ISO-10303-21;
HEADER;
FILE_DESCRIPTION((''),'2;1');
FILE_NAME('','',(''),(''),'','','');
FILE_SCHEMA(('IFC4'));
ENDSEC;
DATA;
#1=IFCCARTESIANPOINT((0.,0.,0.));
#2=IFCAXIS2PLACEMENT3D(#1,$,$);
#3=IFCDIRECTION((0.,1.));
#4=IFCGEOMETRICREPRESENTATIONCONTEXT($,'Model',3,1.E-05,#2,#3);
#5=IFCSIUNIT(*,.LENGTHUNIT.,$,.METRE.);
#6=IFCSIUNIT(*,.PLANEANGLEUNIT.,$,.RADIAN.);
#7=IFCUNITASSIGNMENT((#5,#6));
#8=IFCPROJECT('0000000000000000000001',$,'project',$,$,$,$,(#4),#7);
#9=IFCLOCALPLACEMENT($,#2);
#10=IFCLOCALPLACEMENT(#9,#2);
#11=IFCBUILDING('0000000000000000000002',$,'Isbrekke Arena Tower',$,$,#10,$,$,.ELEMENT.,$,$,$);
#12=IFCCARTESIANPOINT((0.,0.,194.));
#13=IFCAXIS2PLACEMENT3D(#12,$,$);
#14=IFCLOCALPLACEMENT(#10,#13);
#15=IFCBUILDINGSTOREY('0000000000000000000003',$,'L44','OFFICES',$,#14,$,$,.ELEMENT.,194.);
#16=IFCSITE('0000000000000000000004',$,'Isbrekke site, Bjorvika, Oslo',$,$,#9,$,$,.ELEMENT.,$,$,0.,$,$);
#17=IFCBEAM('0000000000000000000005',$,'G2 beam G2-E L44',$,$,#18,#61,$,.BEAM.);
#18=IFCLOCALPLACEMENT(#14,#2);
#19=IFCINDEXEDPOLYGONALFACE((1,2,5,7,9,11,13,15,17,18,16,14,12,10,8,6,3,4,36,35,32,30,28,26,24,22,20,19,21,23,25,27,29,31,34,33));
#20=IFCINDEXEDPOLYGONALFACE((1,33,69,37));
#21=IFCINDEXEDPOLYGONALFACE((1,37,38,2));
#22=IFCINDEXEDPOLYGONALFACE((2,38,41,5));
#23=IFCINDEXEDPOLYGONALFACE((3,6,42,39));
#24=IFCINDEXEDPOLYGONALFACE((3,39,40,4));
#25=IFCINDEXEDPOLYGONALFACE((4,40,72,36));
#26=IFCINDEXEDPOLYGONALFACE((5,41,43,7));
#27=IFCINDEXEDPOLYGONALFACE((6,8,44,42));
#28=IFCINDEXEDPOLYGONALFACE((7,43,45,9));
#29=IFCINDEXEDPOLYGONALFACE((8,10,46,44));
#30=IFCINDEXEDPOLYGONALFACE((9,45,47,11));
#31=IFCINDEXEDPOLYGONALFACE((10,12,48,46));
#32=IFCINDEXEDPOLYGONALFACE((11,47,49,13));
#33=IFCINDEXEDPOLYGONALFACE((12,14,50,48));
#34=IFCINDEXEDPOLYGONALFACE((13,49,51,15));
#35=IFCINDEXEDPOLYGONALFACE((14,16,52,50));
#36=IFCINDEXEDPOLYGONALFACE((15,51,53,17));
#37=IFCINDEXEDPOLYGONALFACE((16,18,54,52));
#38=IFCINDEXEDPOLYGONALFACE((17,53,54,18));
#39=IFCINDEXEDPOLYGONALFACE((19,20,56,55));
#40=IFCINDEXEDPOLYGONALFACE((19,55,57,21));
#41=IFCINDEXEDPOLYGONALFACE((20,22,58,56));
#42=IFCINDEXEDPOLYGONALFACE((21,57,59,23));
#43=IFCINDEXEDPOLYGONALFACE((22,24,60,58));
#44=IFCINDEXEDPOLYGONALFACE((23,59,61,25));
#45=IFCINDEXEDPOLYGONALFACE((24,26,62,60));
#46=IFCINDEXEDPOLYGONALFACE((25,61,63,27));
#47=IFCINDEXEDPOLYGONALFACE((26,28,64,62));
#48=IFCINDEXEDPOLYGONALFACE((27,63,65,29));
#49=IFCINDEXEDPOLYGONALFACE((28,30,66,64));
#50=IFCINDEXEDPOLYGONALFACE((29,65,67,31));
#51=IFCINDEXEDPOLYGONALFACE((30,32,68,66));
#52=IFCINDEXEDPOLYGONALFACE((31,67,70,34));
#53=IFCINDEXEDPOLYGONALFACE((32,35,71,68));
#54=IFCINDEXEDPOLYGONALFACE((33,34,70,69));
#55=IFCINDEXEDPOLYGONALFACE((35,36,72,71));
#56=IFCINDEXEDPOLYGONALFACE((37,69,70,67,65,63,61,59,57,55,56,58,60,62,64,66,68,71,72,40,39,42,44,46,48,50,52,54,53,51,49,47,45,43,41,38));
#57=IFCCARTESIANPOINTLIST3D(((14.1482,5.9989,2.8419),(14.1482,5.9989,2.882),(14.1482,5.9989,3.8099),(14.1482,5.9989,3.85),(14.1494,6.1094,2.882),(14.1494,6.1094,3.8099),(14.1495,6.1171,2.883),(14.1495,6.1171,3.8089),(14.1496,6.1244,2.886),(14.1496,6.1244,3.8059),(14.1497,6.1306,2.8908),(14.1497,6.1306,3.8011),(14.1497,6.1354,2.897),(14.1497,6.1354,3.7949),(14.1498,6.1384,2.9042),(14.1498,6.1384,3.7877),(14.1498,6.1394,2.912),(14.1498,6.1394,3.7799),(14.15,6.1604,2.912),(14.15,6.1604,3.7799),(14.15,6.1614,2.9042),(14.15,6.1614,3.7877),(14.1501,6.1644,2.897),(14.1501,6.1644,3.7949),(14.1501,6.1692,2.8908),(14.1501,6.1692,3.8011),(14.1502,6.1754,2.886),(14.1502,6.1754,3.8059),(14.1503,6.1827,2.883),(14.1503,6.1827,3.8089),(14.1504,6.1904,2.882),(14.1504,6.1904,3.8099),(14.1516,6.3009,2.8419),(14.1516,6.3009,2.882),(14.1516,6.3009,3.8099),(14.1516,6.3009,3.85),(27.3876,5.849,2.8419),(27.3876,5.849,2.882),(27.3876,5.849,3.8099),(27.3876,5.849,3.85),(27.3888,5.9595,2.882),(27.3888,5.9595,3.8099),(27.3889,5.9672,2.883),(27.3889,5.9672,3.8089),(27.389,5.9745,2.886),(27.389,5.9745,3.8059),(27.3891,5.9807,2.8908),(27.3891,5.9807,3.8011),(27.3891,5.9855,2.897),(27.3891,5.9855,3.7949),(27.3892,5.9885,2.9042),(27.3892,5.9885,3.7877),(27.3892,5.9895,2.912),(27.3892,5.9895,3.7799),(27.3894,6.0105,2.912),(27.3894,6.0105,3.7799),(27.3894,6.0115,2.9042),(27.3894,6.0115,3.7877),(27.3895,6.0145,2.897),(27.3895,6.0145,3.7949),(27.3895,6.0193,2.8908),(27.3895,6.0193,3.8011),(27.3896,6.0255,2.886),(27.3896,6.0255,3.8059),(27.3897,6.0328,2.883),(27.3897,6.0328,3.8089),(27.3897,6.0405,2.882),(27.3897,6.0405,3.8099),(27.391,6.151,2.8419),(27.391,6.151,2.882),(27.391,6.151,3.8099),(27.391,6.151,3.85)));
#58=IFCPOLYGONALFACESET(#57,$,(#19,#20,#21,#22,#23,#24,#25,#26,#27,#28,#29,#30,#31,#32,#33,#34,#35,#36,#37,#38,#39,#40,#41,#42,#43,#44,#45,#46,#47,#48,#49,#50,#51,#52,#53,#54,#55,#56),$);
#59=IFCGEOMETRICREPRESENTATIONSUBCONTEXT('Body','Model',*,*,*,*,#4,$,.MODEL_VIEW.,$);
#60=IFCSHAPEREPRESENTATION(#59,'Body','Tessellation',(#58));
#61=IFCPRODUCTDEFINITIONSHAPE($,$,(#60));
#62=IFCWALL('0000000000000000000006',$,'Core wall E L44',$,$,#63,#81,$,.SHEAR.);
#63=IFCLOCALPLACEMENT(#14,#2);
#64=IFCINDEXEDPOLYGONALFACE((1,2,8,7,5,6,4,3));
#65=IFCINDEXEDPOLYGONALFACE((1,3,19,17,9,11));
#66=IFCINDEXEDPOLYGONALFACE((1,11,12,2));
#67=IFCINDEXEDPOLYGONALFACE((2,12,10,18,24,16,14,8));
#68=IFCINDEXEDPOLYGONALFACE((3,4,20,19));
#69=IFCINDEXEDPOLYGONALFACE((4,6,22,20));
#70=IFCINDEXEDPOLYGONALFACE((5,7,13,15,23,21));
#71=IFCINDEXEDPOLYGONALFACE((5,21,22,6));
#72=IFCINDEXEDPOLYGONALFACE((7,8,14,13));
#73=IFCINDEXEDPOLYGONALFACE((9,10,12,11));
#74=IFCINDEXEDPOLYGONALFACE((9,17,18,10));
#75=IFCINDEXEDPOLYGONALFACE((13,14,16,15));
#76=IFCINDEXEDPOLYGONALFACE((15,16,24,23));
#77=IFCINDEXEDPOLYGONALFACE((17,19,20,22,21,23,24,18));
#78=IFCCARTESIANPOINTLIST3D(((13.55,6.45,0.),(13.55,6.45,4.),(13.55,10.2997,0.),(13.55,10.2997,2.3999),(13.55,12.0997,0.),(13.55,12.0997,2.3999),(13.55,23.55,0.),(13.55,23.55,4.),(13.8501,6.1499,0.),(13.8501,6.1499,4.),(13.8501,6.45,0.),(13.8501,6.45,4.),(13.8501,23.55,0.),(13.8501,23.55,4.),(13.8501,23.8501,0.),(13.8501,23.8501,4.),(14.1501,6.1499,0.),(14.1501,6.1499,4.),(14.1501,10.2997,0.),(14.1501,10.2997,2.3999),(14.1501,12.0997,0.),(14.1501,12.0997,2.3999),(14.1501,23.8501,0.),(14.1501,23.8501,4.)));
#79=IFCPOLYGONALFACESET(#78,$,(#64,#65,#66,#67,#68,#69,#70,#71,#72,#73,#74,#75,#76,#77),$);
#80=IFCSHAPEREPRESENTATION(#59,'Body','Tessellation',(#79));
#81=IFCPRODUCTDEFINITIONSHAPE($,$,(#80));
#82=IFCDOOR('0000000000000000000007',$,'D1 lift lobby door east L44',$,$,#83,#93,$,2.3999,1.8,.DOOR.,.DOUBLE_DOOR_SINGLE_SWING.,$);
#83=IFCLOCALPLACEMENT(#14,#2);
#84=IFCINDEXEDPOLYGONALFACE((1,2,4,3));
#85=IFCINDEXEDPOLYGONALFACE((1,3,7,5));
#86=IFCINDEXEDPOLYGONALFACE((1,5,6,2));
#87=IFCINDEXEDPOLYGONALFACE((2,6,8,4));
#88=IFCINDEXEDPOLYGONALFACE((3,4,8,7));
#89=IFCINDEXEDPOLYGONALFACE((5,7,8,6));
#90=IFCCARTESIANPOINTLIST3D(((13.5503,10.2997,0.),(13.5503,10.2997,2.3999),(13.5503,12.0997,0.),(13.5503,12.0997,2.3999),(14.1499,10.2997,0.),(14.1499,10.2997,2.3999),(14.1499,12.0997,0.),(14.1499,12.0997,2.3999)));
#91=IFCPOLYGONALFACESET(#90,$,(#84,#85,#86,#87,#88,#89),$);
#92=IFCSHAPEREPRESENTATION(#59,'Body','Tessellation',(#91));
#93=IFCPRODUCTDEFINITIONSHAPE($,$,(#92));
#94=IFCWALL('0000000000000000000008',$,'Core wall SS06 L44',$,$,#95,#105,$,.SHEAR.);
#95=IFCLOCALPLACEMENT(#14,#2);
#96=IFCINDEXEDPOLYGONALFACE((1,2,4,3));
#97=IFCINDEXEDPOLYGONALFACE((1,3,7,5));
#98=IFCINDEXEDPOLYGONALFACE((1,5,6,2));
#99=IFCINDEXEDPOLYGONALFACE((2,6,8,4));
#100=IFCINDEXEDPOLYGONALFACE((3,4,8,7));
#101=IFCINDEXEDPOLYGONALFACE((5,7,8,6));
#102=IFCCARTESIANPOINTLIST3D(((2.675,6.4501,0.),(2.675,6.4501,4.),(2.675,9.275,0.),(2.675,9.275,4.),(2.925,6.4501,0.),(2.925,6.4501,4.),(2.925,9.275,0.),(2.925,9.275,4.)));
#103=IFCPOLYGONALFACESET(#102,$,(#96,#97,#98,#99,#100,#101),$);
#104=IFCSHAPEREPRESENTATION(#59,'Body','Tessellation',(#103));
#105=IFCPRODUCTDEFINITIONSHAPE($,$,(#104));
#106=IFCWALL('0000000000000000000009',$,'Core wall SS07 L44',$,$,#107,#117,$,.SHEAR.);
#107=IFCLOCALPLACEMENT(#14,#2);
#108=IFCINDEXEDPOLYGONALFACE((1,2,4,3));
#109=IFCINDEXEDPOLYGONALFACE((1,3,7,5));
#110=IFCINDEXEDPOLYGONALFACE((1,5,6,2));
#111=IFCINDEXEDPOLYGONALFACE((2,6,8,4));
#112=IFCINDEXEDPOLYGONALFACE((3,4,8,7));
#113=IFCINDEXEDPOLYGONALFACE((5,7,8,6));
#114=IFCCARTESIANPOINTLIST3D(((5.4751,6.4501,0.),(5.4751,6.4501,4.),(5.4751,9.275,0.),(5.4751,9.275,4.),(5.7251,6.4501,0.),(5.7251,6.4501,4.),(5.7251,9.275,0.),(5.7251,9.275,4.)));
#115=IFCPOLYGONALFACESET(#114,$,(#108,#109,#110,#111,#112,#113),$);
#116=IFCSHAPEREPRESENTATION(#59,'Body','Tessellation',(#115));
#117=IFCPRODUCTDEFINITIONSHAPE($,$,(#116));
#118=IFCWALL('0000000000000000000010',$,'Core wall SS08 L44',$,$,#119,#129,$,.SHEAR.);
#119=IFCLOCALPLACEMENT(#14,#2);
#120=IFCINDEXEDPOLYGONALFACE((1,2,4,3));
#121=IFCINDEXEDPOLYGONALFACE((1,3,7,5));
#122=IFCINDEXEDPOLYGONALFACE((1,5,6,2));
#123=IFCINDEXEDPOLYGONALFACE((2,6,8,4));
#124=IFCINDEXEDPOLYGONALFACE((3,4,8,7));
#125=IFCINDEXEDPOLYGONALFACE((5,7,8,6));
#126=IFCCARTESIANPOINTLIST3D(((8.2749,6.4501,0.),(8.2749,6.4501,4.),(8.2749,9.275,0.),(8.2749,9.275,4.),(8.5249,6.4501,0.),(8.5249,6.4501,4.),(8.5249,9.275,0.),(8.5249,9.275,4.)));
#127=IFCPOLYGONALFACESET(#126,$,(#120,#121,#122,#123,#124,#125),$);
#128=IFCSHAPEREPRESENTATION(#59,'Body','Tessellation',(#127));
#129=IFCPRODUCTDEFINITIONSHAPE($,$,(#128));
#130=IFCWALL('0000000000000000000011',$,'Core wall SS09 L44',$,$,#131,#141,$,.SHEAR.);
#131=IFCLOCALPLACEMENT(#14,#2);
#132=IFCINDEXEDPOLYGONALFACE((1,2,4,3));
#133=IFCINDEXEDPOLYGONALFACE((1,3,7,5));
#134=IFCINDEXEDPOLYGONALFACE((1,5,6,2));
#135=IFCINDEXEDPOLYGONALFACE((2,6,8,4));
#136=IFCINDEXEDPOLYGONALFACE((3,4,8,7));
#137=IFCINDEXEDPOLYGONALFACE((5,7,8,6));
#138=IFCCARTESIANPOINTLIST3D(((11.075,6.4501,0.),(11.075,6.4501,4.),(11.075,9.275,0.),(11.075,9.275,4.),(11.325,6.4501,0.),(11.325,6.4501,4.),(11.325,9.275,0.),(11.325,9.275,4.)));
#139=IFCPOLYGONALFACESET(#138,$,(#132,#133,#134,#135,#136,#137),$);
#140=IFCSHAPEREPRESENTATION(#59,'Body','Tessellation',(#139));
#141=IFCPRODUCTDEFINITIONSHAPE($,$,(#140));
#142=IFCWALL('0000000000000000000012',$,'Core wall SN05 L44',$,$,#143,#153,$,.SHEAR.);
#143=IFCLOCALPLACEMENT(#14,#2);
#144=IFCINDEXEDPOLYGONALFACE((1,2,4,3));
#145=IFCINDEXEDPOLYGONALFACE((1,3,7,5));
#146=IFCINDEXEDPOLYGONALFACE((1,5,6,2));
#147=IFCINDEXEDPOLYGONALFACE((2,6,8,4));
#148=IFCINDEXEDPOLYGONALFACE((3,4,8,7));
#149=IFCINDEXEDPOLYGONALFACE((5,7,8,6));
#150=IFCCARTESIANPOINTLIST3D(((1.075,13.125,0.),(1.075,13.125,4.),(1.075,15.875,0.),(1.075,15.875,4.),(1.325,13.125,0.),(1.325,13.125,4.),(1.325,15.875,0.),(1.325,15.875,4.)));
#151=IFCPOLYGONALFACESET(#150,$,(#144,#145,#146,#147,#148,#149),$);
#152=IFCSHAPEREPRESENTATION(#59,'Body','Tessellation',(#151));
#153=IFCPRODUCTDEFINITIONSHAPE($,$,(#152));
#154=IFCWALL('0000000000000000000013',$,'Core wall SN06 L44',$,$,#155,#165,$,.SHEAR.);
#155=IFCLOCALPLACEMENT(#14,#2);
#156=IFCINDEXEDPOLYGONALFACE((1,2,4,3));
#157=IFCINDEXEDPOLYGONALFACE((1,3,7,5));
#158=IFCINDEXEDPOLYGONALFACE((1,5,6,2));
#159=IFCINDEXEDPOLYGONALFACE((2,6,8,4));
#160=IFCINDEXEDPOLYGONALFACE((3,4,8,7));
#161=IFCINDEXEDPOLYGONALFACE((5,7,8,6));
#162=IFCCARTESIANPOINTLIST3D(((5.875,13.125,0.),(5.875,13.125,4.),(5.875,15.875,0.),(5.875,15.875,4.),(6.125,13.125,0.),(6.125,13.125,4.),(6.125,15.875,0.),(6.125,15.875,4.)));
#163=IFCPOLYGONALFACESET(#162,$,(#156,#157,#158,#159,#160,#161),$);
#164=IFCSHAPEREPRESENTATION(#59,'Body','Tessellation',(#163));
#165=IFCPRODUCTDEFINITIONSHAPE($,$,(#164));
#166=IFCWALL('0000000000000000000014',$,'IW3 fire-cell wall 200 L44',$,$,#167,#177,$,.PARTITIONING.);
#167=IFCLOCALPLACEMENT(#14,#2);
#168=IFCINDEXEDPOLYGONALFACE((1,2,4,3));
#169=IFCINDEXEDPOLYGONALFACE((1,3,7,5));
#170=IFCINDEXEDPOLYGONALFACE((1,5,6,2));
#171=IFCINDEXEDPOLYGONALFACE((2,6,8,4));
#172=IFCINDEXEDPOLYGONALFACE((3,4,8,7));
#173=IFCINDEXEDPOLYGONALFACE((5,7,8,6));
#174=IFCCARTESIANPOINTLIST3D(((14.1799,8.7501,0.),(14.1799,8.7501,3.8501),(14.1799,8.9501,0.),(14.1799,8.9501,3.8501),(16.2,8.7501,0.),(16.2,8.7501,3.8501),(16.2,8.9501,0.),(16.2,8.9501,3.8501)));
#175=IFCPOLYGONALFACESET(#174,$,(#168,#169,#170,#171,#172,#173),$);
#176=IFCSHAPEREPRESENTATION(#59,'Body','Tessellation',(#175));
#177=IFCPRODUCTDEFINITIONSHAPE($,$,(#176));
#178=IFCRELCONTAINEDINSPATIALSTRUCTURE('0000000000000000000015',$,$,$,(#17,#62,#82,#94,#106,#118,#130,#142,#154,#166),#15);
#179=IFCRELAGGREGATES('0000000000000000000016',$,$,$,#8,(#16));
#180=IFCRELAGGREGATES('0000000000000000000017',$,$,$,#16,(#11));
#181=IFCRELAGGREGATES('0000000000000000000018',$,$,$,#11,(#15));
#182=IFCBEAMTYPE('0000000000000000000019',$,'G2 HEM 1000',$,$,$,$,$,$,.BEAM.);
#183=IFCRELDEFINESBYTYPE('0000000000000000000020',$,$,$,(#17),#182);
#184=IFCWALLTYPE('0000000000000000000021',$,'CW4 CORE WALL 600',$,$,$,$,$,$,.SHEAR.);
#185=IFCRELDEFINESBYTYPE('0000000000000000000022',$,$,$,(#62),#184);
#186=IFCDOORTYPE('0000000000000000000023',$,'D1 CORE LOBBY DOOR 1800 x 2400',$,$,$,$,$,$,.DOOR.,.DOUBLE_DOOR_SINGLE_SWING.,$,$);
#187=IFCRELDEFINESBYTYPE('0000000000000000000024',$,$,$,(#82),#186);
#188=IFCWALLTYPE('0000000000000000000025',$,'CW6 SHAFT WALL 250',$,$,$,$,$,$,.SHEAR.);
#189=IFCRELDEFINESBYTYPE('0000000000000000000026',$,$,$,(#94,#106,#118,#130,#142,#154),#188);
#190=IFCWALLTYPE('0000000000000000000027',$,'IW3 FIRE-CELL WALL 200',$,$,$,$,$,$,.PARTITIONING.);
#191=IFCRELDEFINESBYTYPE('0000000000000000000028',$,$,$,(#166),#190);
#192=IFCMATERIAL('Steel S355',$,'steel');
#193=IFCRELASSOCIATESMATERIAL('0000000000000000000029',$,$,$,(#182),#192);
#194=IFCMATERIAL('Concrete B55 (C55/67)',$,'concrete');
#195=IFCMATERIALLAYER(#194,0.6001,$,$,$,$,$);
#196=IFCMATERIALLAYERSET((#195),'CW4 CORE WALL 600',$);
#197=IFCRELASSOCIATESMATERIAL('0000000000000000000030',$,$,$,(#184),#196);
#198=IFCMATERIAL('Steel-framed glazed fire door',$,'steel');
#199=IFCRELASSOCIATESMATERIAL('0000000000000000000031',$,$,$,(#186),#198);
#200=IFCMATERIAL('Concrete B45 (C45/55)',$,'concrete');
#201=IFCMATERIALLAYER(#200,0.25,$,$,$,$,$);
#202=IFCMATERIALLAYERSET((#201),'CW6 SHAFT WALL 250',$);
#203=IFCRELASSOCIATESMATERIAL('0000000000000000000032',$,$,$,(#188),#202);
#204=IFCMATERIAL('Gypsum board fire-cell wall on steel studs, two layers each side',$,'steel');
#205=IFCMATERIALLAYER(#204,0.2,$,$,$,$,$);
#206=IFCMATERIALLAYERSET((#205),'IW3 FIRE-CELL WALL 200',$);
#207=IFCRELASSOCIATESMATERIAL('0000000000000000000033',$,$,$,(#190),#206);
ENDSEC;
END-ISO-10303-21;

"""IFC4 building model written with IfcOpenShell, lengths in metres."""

from ifc_helpers import new_model, si_unit, direction, frame, frame_2d, origin, origin_2d, place, context, subcontext, project, spatial, polyline, rectangle, i_section, outline, extrude, material, layer, layer_set, material_profile, profile_set, type_object, element, fill, save


model = new_model("IFC4")

# Units and contexts
model_context = context("Model", 3, precision=1e-05, world=origin(), true_north=direction((0.0, 1.0)))
body_context = subcontext(model_context, "Body", "Model", "MODEL_VIEW")
ifc_project = project(units=[si_unit("LENGTHUNIT", "METRE"), si_unit("PLANEANGLEUNIT", "RADIAN")], contexts=[model_context])

# Site, building, storey
site_placement = place(None, origin())
site = spatial("IfcSite", under=ifc_project, at=site_placement, Name="Isbrekke site, Bjorvika, Oslo", CompositionType="ELEMENT", RefElevation=0.0)
building_placement = place(site_placement, origin())
building = spatial("IfcBuilding", under=site, at=building_placement, Name="Isbrekke Arena Tower", CompositionType="ELEMENT")
storey_placement = place(building_placement, frame((0.0, 0.0, 194.0)))
storey = spatial("IfcBuildingStorey", under=building, at=storey_placement, Name="L44", Description="OFFICES", CompositionType="ELEMENT", Elevation=194.0)

# Beam
ifc_material_1 = material(Name="Steel S355", Category="steel")
ifc_material_profile = material_profile(ifc_material_1, i_section(OverallWidth=0.302, OverallDepth=1.0081, WebThickness=0.021, FlangeThickness=0.04, FilletRadius=0.03, at=origin_2d()), Name="HEM 1000")
ifc_profile_set = profile_set([ifc_material_profile], Name="Steel S355")
beam_type = type_object("IfcBeamType", Name="G2 HEM 1000", PredefinedType="BEAM", material=ifc_profile_set)
beam_placement = place(storey_placement, frame((14.1499, 6.1499, 3.3459), z_axis=(0.999936, -0.011322, 0.0), x_axis=(0.011322, 0.999936, 0.0)))
element("IfcBeam", 1, at=beam_placement, inside=storey, type_object=beam_type, Name="G2 beam G2-E L44", PredefinedType="BEAM", context=body_context, shape_type="SweptSolid", body=[
    extrude(i_section(OverallWidth=0.302, OverallDepth=1.0081, WebThickness=0.021, FlangeThickness=0.04, FilletRadius=0.03, at=origin_2d()), origin(), (0.0, 0.0, 1.0), 13.2402),
])

# Wall, opening, door
ifc_material_2 = material(Name="Concrete B55 (C55/67)", Category="concrete")
ifc_layer_1 = layer(ifc_material_2, 0.6001)
ifc_layer_set_1 = layer_set([ifc_layer_1], Name="CW4 CORE WALL 600")
wall_type_1 = type_object("IfcWallType", Name="CW4 CORE WALL 600", PredefinedType="SHEAR", material=ifc_layer_set_1)
wall_1_placement = place(storey_placement, frame((13.8501, 6.1499, 0.0), z_axis=(0.0, 0.0, 1.0), x_axis=(0.0, 1.0, 0.0)))
wall_1 = element("IfcWall", 2, at=wall_1_placement, inside=storey, type_object=wall_type_1, Name="Core wall E L44", PredefinedType="SHEAR", context=body_context, shape_type="SweptSolid", body=[
    extrude(outline(polyline([(0.0, -0.3), (17.7002, -0.3), (17.7002, 0.0), (17.4001, 0.0), (17.4001, 0.3), (0.3, 0.3), (0.3, 0.0), (0.0, 0.0), (0.0, -0.3)])), origin(), (0.0, 0.0, 1.0), 4.0),
])
opening_1_placement = place(wall_1_placement, frame((4.1499, 0.0, 0.0)))
opening_1 = element("IfcOpeningElement", 3, at=opening_1_placement, cuts=wall_1, PredefinedType="OPENING", context=body_context, shape_type="SweptSolid", body=[
    extrude(rectangle(XDim=1.8, YDim=2.3999, at=frame_2d((0.8999, 1.2))), frame((0.0, 0.3149, 0.0), z_axis=(0.0, -1.0, 0.0), x_axis=(1.0, 0.0, 0.0)), (0.0, 0.0, 1.0), 0.6299),
])
ifc_material_3 = material(Name="Steel-framed glazed fire door", Category="steel")
door_type_1 = type_object("IfcDoorType", Name="D1 CORE LOBBY DOOR 1800 x 2400", OperationType="DOUBLE_DOOR_SINGLE_SWING", PredefinedType="DOOR", material=ifc_material_3)
door_1_placement = place(opening_1_placement, origin())
door_1 = element("IfcDoor", 4, at=door_1_placement, inside=storey, type_object=door_type_1, Name="D1 lift lobby door east L44", OperationType="DOUBLE_DOOR_SINGLE_SWING", OverallHeight=2.3999, OverallWidth=1.8, PredefinedType="DOOR", context=body_context, shape_type="SweptSolid", body=[
    extrude(rectangle(XDim=1.8, YDim=2.3999, at=frame_2d((0.8999, 1.2))), frame((0.0, 0.2998, 0.0), z_axis=(0.0, -1.0, 0.0), x_axis=(1.0, 0.0, 0.0)), (0.0, 0.0, 1.0), 0.5996),
])
fill(opening_1, door_1)

# Walls
ifc_material_4 = material(Name="Concrete B45 (C45/55)", Category="concrete")
ifc_layer_2 = layer(ifc_material_4, 0.25)
ifc_layer_set_2 = layer_set([ifc_layer_2], Name="CW6 SHAFT WALL 250")
wall_type_2 = type_object("IfcWallType", Name="CW6 SHAFT WALL 250", PredefinedType="SHEAR", material=ifc_layer_set_2)
for number, where, z_axis, x_axis, name in (
    (5, (2.8, 6.45, 0.0), (0.0, 0.0, 1.0), (0.0, 1.0, 0.0), "Core wall SS06 L44"),
    (6, (5.6001, 6.45, 0.0), (0.0, 0.0, 1.0), (0.0, 1.0, 0.0), "Core wall SS07 L44"),
    (7, (8.3999, 6.45, 0.0), (0.0, 0.0, 1.0), (0.0, 1.0, 0.0), "Core wall SS08 L44"),
    (8, (11.2, 6.45, 0.0), (0.0, 0.0, 1.0), (0.0, 1.0, 0.0), "Core wall SS09 L44"),
):
    element("IfcWall", number, at=place(storey_placement, frame(where, z_axis=z_axis, x_axis=x_axis)), inside=storey, type_object=wall_type_2, Name=name, PredefinedType="SHEAR", context=body_context, shape_type="SweptSolid", body=[
        extrude(rectangle(XDim=2.825, YDim=0.25, at=frame_2d((1.4126, 0.0))), origin(), (0.0, 0.0, 1.0), 4.0),
    ])
for number, where, z_axis, x_axis, name in (
    (9, (1.2, 13.125, 0.0), (0.0, 0.0, 1.0), (0.0, 1.0, 0.0), "Core wall SN05 L44"),
    (10, (6.0, 13.125, 0.0), (0.0, 0.0, 1.0), (0.0, 1.0, 0.0), "Core wall SN06 L44"),
):
    element("IfcWall", number, at=place(storey_placement, frame(where, z_axis=z_axis, x_axis=x_axis)), inside=storey, type_object=wall_type_2, Name=name, PredefinedType="SHEAR", context=body_context, shape_type="SweptSolid", body=[
        extrude(rectangle(XDim=2.75, YDim=0.25, at=frame_2d((1.375, 0.0))), origin(), (0.0, 0.0, 1.0), 4.0),
    ])
ifc_material_5 = material(Name="Gypsum board fire-cell wall on steel studs, two layers each side", Category="steel")
ifc_layer_3 = layer(ifc_material_5, 0.2)
ifc_layer_set_3 = layer_set([ifc_layer_3], Name="IW3 FIRE-CELL WALL 200")
wall_type_3 = type_object("IfcWallType", Name="IW3 FIRE-CELL WALL 200", PredefinedType="PARTITIONING", material=ifc_layer_set_3)
wall_2_placement = place(storey_placement, frame((14.1799, 8.8501, 0.0), z_axis=(0.0, 0.0, 1.0), x_axis=(1.0, 0.0, 0.0)))
element("IfcWall", 11, at=wall_2_placement, inside=storey, type_object=wall_type_3, Name="IW3 fire-cell wall 200 L44", PredefinedType="PARTITIONING", context=body_context, shape_type="SweptSolid", body=[
    extrude(rectangle(XDim=2.02, YDim=0.2, at=frame_2d((1.01, 0.0))), origin(), (0.0, 0.0, 1.0), 3.8501),
])

save(model, "model.ifc")
